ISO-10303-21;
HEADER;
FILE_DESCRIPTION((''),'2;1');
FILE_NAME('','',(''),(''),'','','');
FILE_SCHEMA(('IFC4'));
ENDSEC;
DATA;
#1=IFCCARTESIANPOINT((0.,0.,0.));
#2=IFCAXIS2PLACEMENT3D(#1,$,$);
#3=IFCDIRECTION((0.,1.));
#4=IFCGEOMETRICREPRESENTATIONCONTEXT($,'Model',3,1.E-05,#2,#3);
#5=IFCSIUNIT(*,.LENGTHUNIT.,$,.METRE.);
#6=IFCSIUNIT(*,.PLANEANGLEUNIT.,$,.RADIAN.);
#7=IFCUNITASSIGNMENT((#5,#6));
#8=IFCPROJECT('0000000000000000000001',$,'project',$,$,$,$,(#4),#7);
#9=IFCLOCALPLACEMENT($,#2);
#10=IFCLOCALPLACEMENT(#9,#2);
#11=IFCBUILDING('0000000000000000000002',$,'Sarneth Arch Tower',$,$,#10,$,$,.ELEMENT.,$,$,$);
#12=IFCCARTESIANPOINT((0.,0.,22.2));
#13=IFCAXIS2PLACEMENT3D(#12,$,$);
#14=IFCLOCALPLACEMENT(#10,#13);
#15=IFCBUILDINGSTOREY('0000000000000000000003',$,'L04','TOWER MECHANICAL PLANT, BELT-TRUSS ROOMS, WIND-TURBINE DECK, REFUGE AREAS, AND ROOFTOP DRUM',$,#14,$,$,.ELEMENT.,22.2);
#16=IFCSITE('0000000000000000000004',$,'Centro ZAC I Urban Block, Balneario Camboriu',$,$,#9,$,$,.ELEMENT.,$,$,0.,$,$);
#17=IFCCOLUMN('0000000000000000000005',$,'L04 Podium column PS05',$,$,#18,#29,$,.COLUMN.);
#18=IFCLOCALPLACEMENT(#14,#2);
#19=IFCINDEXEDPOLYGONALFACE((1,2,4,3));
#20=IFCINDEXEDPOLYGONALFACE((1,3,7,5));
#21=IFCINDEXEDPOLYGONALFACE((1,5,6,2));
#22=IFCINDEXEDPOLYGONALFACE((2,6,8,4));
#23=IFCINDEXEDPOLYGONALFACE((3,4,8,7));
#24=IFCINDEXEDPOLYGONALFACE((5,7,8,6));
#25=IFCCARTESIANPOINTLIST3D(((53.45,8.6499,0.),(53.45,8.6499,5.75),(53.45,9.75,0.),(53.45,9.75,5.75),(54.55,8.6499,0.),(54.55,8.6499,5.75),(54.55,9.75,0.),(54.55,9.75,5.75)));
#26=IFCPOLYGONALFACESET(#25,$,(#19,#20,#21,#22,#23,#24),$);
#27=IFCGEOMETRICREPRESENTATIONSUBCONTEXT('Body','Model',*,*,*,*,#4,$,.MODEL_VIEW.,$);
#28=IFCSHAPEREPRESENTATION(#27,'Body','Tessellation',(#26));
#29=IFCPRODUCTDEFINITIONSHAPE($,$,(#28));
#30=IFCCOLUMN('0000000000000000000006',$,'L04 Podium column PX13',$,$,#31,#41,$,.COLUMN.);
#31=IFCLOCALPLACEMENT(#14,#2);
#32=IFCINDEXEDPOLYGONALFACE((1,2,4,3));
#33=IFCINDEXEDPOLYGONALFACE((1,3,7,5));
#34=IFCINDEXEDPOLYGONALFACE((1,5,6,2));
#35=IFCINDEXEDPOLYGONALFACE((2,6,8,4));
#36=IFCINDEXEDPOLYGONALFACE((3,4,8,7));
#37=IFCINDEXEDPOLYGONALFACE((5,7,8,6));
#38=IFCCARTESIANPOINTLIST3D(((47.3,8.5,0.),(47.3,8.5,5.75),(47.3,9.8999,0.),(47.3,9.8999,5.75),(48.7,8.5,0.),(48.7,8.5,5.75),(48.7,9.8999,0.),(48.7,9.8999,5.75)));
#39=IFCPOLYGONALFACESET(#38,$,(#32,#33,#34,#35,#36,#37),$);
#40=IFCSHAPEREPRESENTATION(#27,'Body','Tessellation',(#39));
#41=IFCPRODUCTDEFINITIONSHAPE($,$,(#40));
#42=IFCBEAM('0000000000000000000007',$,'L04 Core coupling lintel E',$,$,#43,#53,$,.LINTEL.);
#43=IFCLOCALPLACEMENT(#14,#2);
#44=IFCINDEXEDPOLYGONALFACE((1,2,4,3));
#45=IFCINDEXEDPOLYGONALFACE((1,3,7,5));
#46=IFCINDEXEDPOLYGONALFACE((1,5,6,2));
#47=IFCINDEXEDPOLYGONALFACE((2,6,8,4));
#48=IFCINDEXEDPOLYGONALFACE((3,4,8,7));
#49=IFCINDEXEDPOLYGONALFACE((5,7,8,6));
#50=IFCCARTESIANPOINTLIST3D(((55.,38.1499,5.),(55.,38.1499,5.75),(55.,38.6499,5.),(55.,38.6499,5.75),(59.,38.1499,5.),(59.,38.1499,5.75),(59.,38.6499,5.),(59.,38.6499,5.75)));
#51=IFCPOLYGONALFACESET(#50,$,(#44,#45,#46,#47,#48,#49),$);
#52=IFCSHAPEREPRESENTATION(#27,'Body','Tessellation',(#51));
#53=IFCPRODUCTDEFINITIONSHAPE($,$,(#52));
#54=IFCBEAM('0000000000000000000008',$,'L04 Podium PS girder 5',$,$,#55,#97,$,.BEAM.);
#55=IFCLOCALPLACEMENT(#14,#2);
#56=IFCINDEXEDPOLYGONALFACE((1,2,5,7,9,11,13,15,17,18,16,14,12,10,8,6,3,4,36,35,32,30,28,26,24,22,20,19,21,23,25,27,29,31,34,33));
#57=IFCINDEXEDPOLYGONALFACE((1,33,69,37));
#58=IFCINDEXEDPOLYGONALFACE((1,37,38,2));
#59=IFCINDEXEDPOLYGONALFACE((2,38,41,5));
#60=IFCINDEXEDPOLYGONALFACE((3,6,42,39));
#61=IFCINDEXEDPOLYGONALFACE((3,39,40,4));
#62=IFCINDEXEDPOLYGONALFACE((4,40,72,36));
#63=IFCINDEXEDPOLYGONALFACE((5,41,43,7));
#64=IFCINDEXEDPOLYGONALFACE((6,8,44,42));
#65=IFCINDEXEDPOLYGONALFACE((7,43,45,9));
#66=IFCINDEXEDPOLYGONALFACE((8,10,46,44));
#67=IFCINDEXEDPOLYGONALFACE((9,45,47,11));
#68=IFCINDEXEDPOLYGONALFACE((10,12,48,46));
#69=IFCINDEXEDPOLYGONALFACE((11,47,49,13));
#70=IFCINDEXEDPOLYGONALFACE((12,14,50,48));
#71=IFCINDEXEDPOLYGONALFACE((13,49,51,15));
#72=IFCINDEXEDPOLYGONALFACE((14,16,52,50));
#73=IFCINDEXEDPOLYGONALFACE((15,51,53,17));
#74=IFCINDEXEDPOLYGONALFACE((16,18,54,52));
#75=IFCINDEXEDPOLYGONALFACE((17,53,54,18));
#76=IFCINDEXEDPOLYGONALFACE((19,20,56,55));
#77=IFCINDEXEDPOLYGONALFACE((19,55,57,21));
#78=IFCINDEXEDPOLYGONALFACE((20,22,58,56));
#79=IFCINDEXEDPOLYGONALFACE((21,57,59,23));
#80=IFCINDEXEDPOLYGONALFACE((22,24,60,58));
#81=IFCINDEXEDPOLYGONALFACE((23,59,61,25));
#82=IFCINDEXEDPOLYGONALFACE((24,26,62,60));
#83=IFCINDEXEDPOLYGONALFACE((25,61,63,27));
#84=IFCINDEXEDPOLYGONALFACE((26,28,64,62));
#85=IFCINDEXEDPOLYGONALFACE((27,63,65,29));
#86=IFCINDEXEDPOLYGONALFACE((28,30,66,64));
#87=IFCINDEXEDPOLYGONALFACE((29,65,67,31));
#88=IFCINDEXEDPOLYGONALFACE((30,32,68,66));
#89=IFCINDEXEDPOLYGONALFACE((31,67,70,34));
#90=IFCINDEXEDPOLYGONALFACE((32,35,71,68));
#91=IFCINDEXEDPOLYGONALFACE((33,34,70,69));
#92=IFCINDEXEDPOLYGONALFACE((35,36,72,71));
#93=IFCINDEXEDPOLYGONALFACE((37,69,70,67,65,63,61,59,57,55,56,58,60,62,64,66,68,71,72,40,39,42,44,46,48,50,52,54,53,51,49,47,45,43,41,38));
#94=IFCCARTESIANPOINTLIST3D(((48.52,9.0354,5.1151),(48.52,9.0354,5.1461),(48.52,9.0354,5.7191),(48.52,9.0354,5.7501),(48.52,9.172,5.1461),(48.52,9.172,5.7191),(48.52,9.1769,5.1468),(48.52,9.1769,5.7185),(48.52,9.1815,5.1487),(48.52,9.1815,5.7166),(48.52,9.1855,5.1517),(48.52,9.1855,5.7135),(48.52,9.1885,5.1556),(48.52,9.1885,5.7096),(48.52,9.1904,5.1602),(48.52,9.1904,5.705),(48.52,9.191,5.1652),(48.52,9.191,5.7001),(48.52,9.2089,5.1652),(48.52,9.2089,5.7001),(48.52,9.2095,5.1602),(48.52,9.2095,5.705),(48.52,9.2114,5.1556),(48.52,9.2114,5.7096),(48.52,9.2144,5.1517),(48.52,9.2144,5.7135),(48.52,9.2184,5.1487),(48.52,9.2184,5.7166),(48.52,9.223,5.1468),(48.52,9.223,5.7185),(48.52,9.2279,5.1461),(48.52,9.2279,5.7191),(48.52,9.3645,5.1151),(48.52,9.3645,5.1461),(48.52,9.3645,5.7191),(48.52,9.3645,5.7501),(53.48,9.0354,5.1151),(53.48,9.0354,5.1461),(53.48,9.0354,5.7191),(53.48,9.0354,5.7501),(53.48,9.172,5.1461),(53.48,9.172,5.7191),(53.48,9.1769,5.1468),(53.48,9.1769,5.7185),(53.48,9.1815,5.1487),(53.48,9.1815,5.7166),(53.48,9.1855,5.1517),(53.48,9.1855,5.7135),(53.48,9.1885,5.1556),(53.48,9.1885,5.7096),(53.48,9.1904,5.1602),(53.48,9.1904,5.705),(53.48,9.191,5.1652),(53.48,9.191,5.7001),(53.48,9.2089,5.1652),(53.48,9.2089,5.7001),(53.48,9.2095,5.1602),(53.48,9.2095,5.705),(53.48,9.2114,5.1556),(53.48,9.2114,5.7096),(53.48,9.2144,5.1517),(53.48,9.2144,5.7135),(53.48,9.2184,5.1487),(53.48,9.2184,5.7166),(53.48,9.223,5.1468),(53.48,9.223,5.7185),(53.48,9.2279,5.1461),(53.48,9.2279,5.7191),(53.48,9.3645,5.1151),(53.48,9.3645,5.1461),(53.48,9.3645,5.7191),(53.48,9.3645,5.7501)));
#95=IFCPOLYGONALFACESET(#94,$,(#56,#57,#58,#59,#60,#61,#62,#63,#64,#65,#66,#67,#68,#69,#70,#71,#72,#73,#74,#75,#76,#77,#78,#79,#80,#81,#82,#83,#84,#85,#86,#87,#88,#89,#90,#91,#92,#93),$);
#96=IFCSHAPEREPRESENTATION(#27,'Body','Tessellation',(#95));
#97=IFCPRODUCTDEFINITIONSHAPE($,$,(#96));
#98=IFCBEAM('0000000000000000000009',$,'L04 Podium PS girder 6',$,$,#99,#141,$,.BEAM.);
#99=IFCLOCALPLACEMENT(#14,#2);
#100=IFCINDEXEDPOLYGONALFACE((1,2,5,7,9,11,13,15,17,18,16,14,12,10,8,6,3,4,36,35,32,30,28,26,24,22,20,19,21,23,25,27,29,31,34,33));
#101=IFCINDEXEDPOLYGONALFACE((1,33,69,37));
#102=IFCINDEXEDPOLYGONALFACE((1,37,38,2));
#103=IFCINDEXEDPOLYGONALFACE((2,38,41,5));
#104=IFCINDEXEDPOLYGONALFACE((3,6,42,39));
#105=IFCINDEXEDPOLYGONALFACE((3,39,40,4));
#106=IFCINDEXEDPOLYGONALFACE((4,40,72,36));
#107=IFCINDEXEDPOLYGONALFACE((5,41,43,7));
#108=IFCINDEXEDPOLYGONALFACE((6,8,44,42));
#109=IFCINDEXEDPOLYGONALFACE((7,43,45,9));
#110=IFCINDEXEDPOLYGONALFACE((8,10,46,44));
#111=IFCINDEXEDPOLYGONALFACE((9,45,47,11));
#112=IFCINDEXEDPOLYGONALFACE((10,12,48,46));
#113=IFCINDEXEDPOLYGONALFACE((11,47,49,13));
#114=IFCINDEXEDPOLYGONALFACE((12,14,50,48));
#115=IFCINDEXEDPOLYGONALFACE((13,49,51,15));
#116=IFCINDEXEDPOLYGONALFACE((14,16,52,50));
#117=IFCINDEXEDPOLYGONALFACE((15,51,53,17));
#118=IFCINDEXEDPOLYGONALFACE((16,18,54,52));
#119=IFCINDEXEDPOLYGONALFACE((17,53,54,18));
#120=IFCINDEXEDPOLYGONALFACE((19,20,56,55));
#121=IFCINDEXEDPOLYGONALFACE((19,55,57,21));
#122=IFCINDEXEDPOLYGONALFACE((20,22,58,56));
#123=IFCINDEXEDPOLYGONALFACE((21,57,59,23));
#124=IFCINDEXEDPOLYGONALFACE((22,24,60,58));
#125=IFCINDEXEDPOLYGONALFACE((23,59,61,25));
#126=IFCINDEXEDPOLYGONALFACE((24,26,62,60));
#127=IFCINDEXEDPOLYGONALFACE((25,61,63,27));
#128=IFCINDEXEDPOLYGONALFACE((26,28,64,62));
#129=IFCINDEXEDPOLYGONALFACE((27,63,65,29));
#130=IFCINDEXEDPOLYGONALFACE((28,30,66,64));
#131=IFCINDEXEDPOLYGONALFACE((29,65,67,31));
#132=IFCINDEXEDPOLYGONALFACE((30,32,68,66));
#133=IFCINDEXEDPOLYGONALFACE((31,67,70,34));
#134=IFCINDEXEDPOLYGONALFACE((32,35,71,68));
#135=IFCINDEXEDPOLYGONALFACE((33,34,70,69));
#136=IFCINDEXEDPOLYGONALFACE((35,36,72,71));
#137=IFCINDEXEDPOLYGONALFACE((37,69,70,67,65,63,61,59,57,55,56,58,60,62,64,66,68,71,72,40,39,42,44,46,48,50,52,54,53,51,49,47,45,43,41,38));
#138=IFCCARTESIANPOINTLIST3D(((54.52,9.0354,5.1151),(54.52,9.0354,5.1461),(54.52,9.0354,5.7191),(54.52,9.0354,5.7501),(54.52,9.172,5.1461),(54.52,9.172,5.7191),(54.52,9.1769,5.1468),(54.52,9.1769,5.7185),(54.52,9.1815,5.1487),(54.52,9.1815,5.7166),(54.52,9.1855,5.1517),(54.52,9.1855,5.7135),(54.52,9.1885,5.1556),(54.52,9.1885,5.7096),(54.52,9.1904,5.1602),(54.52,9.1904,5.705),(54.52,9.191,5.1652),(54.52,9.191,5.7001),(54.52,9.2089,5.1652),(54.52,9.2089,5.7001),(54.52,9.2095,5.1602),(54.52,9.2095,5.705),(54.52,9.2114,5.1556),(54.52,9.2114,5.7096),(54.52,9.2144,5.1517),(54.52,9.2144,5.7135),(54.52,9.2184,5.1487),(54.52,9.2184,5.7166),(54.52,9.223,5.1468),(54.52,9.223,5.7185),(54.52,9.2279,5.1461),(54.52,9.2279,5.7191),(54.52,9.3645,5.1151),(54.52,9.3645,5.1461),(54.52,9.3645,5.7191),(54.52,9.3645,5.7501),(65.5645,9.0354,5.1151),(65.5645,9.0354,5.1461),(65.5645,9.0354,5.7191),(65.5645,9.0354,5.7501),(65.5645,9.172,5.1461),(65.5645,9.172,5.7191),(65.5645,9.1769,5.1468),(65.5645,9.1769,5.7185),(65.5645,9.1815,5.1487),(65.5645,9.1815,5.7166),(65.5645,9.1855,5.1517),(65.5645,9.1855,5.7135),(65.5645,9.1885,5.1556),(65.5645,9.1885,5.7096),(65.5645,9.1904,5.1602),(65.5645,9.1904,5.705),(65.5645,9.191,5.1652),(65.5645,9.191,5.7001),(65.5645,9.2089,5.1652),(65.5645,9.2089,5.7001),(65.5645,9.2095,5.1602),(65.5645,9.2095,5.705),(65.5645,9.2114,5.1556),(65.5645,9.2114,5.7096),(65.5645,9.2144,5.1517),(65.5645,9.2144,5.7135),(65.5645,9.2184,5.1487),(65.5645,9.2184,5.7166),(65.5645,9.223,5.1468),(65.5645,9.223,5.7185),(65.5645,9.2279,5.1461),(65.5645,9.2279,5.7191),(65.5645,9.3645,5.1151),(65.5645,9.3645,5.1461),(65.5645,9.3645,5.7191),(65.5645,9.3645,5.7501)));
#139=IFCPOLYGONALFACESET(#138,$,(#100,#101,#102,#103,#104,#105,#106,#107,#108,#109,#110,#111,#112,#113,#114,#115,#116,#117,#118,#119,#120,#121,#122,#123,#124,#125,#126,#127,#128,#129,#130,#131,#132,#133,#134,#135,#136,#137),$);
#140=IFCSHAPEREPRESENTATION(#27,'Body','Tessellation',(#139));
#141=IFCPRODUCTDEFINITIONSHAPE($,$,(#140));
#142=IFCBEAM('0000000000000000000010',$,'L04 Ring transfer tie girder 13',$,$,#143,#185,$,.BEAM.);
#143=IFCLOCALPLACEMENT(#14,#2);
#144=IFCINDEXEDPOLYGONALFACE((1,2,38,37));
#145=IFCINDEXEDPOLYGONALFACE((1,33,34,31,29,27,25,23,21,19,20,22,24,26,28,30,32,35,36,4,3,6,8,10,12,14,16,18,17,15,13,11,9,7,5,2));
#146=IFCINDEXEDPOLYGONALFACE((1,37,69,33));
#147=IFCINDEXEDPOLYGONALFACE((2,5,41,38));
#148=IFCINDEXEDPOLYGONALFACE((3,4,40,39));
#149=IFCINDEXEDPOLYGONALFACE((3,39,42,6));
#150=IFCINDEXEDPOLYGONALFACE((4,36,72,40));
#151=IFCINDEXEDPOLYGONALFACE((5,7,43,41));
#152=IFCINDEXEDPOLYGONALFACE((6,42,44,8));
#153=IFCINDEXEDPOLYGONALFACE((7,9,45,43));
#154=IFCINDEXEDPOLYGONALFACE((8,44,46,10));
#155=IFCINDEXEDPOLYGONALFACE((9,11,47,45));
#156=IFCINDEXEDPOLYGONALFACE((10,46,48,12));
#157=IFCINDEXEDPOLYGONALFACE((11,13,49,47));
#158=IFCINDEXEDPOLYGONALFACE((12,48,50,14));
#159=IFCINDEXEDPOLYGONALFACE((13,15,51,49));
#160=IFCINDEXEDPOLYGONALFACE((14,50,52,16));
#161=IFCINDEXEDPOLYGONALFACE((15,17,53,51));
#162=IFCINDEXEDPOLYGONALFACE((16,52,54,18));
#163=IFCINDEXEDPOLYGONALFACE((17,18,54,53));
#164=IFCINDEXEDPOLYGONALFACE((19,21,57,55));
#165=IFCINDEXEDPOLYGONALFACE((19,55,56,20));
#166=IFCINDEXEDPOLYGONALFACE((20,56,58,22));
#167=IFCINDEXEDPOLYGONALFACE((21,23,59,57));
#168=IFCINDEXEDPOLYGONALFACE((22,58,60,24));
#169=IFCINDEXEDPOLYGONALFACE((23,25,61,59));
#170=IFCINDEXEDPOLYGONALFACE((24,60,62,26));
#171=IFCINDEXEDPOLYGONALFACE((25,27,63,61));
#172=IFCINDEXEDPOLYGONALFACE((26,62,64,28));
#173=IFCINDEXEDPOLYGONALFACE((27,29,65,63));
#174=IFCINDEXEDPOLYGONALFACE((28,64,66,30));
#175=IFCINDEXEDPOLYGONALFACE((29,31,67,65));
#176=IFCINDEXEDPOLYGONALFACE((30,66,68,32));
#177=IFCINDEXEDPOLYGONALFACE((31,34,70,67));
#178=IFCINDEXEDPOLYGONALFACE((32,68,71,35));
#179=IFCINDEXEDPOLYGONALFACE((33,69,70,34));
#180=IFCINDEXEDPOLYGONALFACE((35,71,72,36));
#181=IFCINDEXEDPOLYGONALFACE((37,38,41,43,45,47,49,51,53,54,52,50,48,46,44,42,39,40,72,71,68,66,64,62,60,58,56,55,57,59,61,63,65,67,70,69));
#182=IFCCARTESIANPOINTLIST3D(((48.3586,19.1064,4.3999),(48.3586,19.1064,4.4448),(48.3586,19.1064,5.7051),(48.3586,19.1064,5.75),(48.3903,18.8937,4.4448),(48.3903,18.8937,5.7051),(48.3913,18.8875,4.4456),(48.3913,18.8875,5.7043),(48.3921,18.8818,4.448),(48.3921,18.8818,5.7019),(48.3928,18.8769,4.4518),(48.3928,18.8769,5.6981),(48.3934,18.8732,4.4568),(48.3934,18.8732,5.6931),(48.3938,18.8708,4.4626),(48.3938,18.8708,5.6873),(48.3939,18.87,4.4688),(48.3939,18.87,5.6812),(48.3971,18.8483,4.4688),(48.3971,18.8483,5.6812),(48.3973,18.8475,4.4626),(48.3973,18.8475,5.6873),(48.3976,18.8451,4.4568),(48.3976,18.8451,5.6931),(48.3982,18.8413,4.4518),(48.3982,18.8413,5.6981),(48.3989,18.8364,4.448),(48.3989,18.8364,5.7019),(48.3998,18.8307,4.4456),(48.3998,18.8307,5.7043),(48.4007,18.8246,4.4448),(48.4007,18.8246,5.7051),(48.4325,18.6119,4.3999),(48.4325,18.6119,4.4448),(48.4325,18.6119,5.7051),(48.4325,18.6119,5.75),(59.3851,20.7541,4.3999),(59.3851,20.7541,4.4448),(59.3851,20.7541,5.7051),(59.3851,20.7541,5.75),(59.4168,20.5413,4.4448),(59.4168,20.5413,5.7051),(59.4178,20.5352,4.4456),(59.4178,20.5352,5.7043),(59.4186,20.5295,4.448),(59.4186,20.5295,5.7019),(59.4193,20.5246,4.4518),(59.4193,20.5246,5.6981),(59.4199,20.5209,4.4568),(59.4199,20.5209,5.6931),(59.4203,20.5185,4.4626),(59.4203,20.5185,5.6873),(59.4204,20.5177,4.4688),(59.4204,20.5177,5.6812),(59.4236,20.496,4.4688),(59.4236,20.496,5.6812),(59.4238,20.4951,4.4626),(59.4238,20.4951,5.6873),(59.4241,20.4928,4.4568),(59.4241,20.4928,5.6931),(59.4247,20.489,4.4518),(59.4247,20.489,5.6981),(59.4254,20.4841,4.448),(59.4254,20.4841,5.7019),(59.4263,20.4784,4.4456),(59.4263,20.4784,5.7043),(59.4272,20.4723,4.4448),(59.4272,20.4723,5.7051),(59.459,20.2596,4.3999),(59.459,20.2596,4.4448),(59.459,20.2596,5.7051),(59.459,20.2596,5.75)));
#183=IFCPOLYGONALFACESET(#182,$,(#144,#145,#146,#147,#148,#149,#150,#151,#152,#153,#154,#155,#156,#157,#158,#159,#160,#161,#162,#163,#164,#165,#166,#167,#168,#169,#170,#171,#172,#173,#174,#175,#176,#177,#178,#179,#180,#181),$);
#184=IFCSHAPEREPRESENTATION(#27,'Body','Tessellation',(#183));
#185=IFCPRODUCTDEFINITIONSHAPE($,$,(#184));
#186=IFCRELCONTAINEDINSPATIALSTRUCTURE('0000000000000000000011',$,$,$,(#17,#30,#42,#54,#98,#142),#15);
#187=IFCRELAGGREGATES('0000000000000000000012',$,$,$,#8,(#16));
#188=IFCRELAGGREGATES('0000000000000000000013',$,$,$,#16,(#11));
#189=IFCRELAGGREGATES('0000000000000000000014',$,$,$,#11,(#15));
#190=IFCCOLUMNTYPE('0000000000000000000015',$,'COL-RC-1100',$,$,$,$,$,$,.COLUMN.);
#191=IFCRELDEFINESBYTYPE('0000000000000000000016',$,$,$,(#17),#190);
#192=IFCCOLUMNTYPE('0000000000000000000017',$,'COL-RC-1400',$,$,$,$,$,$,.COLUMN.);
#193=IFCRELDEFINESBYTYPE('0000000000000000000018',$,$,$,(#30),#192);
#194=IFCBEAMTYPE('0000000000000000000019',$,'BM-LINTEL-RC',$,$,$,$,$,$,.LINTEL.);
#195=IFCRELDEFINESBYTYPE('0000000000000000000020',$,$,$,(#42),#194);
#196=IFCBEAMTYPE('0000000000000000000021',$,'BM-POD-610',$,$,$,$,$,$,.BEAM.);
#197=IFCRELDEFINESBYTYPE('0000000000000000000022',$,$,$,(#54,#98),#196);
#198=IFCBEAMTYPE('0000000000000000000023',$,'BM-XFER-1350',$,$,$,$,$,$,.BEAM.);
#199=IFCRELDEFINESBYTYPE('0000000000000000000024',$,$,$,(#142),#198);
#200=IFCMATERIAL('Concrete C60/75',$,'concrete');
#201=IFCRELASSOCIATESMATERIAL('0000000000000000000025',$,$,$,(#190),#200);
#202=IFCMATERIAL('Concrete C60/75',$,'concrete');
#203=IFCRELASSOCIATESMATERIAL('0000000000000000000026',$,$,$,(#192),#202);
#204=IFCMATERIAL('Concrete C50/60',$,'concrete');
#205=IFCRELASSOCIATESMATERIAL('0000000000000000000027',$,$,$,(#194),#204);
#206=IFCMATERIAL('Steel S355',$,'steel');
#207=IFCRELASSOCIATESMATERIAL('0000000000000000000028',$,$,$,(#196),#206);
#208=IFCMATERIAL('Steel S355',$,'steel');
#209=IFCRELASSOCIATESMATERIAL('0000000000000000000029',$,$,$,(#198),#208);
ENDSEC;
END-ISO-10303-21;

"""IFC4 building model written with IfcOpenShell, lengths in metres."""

from ifc_helpers import new_model, si_unit, direction, frame, origin, origin_2d, place, context, subcontext, project, spatial, rectangle, i_section, extrude, material, material_profile, profile_set, type_object, element, save


model = new_model("IFC4")

# Units and contexts
model_context = context("Model", 3, precision=1e-05, world=origin(), true_north=direction((0.0, 1.0)))
body_context = subcontext(model_context, "Body", "Model", "MODEL_VIEW")
ifc_project = project(units=[si_unit("LENGTHUNIT", "METRE"), si_unit("PLANEANGLEUNIT", "RADIAN")], contexts=[model_context])

# Site, building, storey
site_placement = place(None, origin())
site = spatial("IfcSite", under=ifc_project, at=site_placement, Name="Centro ZAC I Urban Block, Balneario Camboriu", CompositionType="ELEMENT", RefElevation=0.0)
building_placement = place(site_placement, origin())
building = spatial("IfcBuilding", under=site, at=building_placement, Name="Sarneth Arch Tower", CompositionType="ELEMENT")
storey_placement = place(building_placement, frame((0.0, 0.0, 22.2)))
storey = spatial("IfcBuildingStorey", under=building, at=storey_placement, Name="L04", Description="TOWER MECHANICAL PLANT, BELT-TRUSS ROOMS, WIND-TURBINE DECK, REFUGE AREAS, AND ROOFTOP DRUM", CompositionType="ELEMENT", Elevation=22.2)

# Columns
ifc_material_1 = material(Name="Concrete C60/75", Category="concrete")
ifc_material_profile_1 = material_profile(ifc_material_1, rectangle(XDim=1.1001, YDim=1.1001, at=origin_2d()), Name="RC-1100x1100")
ifc_profile_set_1 = profile_set([ifc_material_profile_1], Name="Concrete C60/75")
column_type_1 = type_object("IfcColumnType", Name="COL-RC-1100", PredefinedType="COLUMN", material=ifc_profile_set_1)
column_1_placement = place(storey_placement, frame((54.0, 9.2, 0.0), z_axis=(0.0, 0.0, 1.0), x_axis=(1.0, 0.0, 0.0)))
element("IfcColumn", 1, at=column_1_placement, inside=storey, type_object=column_type_1, Name="L04 Podium column PS05", PredefinedType="COLUMN", context=body_context, shape_type="SweptSolid", body=[
    extrude(rectangle(XDim=1.1001, YDim=1.1001, at=origin_2d()), origin(), (0.0, 0.0, 1.0), 5.75),
])
ifc_material_2 = material(Name="Concrete C60/75", Category="concrete")
ifc_material_profile_2 = material_profile(ifc_material_2, rectangle(XDim=1.3999, YDim=1.3999, at=origin_2d()), Name="RC-1400x1400")
ifc_profile_set_2 = profile_set([ifc_material_profile_2], Name="Concrete C60/75")
column_type_2 = type_object("IfcColumnType", Name="COL-RC-1400", PredefinedType="COLUMN", material=ifc_profile_set_2)
column_2_placement = place(storey_placement, frame((48.0, 9.2, 0.0), z_axis=(0.0, 0.0, 1.0), x_axis=(1.0, 0.0, 0.0)))
element("IfcColumn", 2, at=column_2_placement, inside=storey, type_object=column_type_2, Name="L04 Podium column PX13", PredefinedType="COLUMN", context=body_context, shape_type="SweptSolid", body=[
    extrude(rectangle(XDim=1.3999, YDim=1.3999, at=origin_2d()), origin(), (0.0, 0.0, 1.0), 5.75),
])

# Beams
ifc_material_3 = material(Name="Concrete C50/60", Category="concrete")
ifc_material_profile_3 = material_profile(ifc_material_3, rectangle(XDim=0.5, YDim=0.75, at=origin_2d()), Name="RC-500x750")
ifc_profile_set_3 = profile_set([ifc_material_profile_3], Name="Concrete C50/60")
beam_type_1 = type_object("IfcBeamType", Name="BM-LINTEL-RC", PredefinedType="LINTEL", material=ifc_profile_set_3)
beam_1_placement = place(storey_placement, frame((55.0, 38.3999, 5.375), z_axis=(1.0, 0.0, 0.0), x_axis=(0.0, 1.0, 0.0)))
element("IfcBeam", 3, at=beam_1_placement, inside=storey, type_object=beam_type_1, Name="L04 Core coupling lintel E", PredefinedType="LINTEL", context=body_context, shape_type="SweptSolid", body=[
    extrude(rectangle(XDim=0.5, YDim=0.75, at=origin_2d()), origin(), (0.0, 0.0, 1.0), 4.0),
])
ifc_material_4 = material(Name="Steel S355", Category="steel")
ifc_material_profile_4 = material_profile(ifc_material_4, i_section(OverallWidth=0.3291, OverallDepth=0.635, WebThickness=0.0178, FlangeThickness=0.031, FilletRadius=0.019, at=origin_2d()), Name="W610x241")
ifc_profile_set_4 = profile_set([ifc_material_profile_4], Name="Steel S355")
beam_type_2 = type_object("IfcBeamType", Name="BM-POD-610", PredefinedType="BEAM", material=ifc_profile_set_4)
beam_2_placement = place(storey_placement, frame((48.52, 9.2, 5.4326), z_axis=(1.0, 0.0, 0.0), x_axis=(0.0, 1.0, 0.0)))
element("IfcBeam", 4, at=beam_2_placement, inside=storey, type_object=beam_type_2, Name="L04 Podium PS girder 5", PredefinedType="BEAM", context=body_context, shape_type="SweptSolid", body=[
    extrude(i_section(OverallWidth=0.3291, OverallDepth=0.635, WebThickness=0.0178, FlangeThickness=0.031, FilletRadius=0.019, at=origin_2d()), origin(), (0.0, 0.0, 1.0), 4.96),
])
beam_3_placement = place(storey_placement, frame((54.52, 9.2, 5.4326), z_axis=(1.0, 0.0, 0.0), x_axis=(0.0, 1.0, 0.0)))
element("IfcBeam", 5, at=beam_3_placement, inside=storey, type_object=beam_type_2, Name="L04 Podium PS girder 6", PredefinedType="BEAM", context=body_context, shape_type="SweptSolid", body=[
    extrude(i_section(OverallWidth=0.3291, OverallDepth=0.635, WebThickness=0.0178, FlangeThickness=0.031, FilletRadius=0.019, at=origin_2d()), origin(), (0.0, 0.0, 1.0), 11.0444),
])
ifc_material_5 = material(Name="Steel S355", Category="steel")
ifc_material_profile_5 = material_profile(ifc_material_5, i_section(OverallWidth=0.5, OverallDepth=1.3501, WebThickness=0.022, FlangeThickness=0.0449, FilletRadius=0.0239, at=origin_2d()), Name="CVS1350x595")
ifc_profile_set_5 = profile_set([ifc_material_profile_5], Name="Steel S355")
beam_type_3 = type_object("IfcBeamType", Name="BM-XFER-1350", PredefinedType="BEAM", material=ifc_profile_set_5)
beam_4_placement = place(storey_placement, frame((48.3955, 18.8591, 5.075), z_axis=(0.989019, 0.147789, 0.0), x_axis=(-0.147789, 0.989019, 0.0)))
element("IfcBeam", 6, at=beam_4_placement, inside=storey, type_object=beam_type_3, Name="L04 Ring transfer tie girder 13", PredefinedType="BEAM", context=body_context, shape_type="SweptSolid", body=[
    extrude(i_section(OverallWidth=0.5, OverallDepth=1.3501, WebThickness=0.022, FlangeThickness=0.0449, FilletRadius=0.0239, at=origin_2d()), origin(), (0.0, 0.0, 1.0), 11.1489),
])

save(model, "model.ifc")
